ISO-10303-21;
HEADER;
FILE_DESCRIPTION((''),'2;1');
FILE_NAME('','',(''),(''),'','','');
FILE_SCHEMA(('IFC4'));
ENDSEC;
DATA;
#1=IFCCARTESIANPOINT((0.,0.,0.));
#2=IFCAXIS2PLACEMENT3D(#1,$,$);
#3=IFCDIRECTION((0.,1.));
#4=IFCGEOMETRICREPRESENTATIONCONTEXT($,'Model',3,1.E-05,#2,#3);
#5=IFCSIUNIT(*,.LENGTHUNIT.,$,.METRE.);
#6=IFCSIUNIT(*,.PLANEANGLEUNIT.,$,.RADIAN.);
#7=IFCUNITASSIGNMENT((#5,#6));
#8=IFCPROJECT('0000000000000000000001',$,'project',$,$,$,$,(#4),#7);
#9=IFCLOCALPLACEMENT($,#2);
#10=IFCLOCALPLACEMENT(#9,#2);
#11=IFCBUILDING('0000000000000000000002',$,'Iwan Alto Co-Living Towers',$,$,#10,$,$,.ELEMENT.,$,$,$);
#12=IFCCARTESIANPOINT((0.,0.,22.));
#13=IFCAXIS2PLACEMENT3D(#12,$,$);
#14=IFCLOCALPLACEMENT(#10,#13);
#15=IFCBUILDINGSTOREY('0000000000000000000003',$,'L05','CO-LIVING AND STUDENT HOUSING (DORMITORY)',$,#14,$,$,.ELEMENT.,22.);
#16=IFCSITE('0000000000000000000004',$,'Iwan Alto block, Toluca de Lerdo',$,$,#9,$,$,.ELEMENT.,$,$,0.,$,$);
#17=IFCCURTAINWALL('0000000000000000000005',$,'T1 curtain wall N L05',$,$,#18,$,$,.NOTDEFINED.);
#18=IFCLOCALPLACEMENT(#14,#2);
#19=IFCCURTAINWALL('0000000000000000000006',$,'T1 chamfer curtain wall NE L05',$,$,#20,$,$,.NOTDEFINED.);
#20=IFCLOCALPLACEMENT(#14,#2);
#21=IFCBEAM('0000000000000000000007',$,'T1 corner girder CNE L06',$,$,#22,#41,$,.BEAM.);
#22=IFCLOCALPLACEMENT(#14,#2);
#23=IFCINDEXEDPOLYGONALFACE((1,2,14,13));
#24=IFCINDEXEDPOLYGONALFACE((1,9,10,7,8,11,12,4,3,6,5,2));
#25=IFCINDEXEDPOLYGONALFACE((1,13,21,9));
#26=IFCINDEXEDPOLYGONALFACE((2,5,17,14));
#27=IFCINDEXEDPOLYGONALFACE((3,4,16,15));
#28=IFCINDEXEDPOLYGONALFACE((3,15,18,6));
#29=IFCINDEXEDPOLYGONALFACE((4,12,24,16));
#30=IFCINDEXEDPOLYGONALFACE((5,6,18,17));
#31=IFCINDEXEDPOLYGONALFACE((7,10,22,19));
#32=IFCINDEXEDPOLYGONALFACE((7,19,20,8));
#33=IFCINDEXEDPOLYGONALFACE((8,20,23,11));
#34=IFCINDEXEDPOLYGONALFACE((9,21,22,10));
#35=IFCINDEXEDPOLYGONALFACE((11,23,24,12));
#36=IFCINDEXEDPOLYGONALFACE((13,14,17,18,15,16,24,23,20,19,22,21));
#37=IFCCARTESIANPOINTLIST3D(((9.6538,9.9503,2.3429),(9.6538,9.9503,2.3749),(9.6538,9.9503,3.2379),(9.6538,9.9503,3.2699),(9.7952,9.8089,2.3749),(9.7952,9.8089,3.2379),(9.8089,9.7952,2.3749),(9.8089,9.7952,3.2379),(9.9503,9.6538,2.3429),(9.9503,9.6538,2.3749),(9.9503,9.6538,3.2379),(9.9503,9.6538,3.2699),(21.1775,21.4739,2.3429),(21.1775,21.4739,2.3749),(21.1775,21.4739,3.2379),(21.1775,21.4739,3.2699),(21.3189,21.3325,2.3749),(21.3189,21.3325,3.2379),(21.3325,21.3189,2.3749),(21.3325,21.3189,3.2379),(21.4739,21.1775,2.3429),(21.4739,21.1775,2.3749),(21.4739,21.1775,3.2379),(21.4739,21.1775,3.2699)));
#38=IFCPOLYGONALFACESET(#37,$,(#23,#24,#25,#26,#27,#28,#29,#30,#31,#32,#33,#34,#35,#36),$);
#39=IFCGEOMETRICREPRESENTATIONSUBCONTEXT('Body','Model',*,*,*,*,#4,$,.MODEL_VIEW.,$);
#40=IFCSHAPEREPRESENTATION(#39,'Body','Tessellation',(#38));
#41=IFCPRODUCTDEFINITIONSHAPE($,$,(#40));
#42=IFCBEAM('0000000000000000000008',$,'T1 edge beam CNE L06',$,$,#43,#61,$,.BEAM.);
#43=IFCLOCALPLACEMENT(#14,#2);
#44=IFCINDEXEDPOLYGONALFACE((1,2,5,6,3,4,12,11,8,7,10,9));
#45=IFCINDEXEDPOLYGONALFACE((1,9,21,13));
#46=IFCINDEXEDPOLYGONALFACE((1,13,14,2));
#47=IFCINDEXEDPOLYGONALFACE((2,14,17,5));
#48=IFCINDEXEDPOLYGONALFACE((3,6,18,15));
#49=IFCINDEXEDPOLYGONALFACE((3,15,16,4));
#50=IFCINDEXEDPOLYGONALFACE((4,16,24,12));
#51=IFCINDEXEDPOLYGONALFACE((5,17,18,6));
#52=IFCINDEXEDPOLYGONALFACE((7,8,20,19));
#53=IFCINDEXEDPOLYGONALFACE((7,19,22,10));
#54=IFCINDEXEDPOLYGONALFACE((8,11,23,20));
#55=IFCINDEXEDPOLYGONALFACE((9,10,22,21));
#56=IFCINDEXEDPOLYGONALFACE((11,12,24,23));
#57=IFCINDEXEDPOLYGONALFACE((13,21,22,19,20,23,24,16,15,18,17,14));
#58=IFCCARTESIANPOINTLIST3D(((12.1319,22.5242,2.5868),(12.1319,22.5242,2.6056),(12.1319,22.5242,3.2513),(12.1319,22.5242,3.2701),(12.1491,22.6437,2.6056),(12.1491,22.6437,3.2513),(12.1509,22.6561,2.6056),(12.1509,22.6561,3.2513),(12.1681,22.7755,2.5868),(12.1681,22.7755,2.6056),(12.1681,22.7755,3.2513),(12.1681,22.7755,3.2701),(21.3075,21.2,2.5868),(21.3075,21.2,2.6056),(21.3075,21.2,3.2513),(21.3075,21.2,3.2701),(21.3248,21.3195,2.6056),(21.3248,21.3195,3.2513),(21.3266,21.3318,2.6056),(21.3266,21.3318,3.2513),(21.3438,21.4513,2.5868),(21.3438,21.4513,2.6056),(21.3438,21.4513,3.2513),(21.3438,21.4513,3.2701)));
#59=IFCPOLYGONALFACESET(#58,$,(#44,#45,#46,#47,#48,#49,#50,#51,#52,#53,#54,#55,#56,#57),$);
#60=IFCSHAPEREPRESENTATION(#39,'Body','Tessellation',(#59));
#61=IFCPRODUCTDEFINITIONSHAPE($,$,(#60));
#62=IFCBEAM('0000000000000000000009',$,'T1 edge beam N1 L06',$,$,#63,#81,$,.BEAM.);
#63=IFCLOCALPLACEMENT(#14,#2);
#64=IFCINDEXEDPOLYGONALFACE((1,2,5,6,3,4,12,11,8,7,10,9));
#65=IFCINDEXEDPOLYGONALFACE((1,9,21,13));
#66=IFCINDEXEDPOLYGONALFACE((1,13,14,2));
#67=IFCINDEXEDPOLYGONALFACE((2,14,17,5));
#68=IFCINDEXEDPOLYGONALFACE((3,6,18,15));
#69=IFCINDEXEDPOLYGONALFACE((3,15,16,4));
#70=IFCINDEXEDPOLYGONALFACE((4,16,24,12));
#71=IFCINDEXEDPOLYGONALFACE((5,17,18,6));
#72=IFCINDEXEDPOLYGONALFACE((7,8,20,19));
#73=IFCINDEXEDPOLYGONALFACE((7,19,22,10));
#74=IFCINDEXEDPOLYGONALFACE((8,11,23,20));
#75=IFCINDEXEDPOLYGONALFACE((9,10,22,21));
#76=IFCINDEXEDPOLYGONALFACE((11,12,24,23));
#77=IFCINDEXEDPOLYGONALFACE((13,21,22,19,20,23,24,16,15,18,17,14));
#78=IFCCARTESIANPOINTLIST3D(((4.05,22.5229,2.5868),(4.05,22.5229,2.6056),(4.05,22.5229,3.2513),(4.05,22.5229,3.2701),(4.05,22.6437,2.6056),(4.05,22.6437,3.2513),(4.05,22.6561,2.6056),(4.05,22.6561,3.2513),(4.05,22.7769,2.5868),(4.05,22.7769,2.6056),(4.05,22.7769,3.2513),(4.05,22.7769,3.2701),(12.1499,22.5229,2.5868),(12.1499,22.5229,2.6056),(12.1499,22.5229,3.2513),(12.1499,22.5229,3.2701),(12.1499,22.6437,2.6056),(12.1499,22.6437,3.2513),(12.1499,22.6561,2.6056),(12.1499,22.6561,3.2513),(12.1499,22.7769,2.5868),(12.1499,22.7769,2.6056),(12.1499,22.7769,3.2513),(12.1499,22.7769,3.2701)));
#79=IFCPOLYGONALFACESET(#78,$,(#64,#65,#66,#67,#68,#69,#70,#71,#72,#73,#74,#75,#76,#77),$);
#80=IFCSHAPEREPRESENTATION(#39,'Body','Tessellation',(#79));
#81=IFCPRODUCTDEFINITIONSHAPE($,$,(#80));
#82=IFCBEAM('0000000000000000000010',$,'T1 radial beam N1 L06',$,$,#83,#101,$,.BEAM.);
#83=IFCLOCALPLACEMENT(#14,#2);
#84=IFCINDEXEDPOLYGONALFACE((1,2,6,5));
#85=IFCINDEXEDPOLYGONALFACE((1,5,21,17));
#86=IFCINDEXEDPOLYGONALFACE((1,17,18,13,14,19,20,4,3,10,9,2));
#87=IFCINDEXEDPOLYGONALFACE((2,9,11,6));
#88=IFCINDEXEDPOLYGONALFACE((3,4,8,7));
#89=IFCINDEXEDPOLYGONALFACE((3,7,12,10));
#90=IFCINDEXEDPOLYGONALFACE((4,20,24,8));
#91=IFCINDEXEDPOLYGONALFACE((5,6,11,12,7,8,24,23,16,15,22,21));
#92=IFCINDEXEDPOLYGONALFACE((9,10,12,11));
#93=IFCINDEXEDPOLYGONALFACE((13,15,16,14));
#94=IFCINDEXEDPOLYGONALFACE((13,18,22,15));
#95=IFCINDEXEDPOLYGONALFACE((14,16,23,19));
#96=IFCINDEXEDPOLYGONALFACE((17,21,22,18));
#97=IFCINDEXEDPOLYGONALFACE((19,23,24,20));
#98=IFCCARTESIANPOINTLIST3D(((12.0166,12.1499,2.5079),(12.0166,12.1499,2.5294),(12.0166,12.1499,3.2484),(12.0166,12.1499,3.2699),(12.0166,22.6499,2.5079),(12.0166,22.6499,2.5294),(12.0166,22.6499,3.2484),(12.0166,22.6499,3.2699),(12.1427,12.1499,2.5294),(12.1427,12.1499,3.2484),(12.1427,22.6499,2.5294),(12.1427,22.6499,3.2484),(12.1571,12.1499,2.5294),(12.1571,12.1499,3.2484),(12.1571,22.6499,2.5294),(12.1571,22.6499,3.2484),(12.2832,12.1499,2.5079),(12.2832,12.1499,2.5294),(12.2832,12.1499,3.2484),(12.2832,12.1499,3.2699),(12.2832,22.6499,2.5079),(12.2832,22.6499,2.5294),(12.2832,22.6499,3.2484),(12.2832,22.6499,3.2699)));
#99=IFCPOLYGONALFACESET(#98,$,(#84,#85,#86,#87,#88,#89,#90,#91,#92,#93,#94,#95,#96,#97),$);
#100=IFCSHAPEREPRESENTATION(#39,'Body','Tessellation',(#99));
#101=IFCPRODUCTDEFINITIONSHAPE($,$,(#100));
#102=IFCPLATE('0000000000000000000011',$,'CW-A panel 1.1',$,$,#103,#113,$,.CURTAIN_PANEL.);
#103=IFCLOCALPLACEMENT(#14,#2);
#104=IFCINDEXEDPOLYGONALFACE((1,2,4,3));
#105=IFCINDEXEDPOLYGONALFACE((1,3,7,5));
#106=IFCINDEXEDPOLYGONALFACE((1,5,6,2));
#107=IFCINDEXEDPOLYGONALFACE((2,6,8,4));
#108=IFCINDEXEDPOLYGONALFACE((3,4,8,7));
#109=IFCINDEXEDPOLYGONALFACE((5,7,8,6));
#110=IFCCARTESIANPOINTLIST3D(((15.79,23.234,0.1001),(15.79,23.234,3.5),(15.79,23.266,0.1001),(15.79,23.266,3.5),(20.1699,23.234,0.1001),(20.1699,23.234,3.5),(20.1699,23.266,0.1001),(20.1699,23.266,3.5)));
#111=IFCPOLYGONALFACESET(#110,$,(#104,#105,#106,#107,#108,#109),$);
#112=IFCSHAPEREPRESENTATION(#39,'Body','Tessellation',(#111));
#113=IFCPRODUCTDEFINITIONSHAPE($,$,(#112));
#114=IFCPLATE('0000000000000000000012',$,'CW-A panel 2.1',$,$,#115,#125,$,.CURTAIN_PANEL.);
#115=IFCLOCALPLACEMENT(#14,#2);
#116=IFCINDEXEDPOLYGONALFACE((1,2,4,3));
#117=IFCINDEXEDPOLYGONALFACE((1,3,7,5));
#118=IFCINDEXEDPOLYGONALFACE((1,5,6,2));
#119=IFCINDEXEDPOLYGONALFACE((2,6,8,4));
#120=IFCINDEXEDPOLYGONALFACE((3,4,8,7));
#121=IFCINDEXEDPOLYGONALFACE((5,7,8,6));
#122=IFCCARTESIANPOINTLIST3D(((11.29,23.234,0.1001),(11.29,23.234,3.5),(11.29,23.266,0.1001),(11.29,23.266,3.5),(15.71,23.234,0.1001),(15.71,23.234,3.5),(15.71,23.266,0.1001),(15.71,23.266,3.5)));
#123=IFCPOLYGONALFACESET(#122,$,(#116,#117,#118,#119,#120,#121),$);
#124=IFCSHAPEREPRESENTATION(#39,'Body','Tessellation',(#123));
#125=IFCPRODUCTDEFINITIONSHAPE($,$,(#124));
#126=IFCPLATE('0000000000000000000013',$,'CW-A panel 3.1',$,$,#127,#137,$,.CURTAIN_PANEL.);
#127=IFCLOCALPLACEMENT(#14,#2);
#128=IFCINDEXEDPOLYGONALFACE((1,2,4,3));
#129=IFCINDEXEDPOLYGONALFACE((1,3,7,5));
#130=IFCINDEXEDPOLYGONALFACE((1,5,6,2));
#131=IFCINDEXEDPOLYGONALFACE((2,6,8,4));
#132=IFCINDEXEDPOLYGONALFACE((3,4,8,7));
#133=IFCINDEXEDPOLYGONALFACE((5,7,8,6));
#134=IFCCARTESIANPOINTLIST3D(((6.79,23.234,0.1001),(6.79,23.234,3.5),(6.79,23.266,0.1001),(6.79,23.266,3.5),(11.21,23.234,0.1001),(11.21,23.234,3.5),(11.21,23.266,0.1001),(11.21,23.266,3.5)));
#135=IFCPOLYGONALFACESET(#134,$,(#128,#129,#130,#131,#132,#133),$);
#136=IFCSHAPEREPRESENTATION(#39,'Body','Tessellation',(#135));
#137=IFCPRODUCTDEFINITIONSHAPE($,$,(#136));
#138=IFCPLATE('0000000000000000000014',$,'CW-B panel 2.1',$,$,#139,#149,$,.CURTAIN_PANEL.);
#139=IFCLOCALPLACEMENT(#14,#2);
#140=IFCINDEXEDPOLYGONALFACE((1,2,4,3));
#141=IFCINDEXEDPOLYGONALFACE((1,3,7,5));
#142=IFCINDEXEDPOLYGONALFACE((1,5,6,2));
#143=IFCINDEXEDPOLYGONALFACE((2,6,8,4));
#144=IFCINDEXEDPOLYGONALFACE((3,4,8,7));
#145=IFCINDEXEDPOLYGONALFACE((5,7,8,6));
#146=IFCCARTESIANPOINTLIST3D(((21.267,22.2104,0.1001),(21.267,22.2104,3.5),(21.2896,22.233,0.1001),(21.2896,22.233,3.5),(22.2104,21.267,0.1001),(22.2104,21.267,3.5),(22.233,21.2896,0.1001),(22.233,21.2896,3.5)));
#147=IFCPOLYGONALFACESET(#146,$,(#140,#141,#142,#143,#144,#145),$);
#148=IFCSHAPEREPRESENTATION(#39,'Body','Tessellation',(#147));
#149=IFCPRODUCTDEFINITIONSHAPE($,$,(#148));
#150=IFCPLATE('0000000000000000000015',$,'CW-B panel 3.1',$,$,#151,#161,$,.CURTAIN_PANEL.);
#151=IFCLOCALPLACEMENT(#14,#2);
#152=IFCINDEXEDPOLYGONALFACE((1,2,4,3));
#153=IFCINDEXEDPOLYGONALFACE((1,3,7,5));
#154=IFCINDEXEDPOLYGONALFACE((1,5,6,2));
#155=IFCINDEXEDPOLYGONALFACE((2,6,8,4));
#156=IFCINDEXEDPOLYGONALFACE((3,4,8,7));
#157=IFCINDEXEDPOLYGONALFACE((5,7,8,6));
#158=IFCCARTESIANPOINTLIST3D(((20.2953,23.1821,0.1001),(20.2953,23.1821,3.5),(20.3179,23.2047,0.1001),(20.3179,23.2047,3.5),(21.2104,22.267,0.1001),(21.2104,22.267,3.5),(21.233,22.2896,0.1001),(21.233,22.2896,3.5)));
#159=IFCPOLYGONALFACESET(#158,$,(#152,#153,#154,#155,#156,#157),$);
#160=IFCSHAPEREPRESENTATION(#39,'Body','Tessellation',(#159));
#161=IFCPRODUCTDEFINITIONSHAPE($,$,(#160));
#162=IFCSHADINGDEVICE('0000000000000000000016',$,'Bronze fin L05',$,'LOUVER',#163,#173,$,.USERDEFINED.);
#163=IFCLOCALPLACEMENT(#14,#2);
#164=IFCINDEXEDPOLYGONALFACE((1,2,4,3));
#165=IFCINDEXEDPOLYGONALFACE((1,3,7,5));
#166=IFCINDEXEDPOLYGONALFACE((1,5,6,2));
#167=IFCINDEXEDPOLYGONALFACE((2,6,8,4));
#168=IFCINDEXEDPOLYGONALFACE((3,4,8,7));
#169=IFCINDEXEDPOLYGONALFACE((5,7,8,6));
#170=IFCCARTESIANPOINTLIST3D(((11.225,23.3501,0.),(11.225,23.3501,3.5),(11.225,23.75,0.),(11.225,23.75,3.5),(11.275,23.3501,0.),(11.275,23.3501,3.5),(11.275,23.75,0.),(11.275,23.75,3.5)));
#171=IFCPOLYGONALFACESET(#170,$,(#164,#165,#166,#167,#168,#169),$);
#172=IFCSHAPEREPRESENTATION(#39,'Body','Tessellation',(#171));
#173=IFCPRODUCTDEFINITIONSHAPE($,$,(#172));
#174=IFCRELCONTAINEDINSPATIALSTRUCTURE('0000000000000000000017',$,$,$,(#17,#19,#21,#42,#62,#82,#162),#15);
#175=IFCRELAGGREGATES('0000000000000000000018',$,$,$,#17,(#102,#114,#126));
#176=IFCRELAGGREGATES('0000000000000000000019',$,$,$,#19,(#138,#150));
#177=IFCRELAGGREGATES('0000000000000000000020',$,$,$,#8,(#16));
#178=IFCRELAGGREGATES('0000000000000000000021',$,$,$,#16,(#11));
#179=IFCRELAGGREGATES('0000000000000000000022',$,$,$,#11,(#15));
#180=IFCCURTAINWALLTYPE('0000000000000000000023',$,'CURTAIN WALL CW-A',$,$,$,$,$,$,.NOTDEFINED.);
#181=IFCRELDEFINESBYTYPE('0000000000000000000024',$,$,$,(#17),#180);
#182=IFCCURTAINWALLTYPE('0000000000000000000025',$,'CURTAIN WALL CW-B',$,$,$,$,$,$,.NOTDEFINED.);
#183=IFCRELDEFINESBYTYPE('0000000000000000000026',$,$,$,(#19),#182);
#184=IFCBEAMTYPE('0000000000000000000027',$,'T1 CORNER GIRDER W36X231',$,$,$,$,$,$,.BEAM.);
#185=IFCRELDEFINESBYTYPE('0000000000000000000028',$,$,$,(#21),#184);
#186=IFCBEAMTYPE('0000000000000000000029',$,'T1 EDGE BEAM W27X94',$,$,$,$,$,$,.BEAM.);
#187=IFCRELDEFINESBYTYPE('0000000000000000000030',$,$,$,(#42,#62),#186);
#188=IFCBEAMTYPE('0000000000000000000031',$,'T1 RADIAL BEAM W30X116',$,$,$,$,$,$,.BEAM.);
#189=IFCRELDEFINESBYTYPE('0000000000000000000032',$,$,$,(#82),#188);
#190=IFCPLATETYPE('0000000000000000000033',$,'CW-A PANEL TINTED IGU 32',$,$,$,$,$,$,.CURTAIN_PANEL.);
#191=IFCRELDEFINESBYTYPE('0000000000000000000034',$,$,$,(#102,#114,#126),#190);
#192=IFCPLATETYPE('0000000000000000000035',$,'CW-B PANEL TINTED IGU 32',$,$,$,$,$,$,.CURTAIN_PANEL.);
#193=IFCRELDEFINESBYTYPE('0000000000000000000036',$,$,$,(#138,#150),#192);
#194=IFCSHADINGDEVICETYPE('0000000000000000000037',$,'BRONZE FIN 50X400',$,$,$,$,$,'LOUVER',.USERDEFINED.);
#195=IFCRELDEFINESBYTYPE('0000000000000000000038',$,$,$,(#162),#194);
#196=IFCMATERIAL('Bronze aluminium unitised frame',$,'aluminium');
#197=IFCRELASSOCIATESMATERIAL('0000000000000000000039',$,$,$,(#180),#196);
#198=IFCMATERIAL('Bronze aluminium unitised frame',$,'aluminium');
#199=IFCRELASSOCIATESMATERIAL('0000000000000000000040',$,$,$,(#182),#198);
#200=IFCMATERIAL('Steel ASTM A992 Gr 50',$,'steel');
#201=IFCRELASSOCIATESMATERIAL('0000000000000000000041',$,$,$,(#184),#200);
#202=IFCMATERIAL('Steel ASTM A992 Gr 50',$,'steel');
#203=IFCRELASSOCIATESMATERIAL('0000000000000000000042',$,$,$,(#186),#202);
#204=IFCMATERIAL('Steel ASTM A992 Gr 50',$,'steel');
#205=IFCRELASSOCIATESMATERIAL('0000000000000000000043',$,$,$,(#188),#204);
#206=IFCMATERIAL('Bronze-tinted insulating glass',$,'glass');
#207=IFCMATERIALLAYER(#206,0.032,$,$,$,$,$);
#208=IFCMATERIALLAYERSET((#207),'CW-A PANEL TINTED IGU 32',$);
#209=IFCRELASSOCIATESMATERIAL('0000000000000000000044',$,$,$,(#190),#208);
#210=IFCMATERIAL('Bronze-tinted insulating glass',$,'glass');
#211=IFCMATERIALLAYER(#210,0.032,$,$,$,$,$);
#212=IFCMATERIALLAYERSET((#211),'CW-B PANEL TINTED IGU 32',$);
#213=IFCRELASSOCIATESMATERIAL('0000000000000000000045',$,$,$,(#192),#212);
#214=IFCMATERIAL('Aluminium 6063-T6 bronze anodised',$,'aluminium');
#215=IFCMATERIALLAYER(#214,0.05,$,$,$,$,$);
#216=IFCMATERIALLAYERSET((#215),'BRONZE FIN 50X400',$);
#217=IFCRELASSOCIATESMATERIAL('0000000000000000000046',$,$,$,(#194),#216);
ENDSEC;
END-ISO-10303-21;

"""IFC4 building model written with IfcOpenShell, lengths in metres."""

from ifc_helpers import new_model, si_unit, direction, frame, origin, origin_2d, place, context, subcontext, project, spatial, rectangle, i_section, extrude, material, layer, layer_set, material_profile, profile_set, type_object, element, aggregate, save


model = new_model("IFC4")

# Units and contexts
model_context = context("Model", 3, precision=1e-05, world=origin(), true_north=direction((0.0, 1.0)))
body_context = subcontext(model_context, "Body", "Model", "MODEL_VIEW")
ifc_project = project(units=[si_unit("LENGTHUNIT", "METRE"), si_unit("PLANEANGLEUNIT", "RADIAN")], contexts=[model_context])

# Site, building, storey
site_placement = place(None, origin())
site = spatial("IfcSite", under=ifc_project, at=site_placement, Name="Iwan Alto block, Toluca de Lerdo", CompositionType="ELEMENT", RefElevation=0.0)
building_placement = place(site_placement, origin())
building = spatial("IfcBuilding", under=site, at=building_placement, Name="Iwan Alto Co-Living Towers", CompositionType="ELEMENT")
storey_placement = place(building_placement, frame((0.0, 0.0, 22.0)))
storey = spatial("IfcBuildingStorey", under=building, at=storey_placement, Name="L05", Description="CO-LIVING AND STUDENT HOUSING (DORMITORY)", CompositionType="ELEMENT", Elevation=22.0)

# Curtain walls
ifc_material_1 = material(Name="Bronze aluminium unitised frame", Category="aluminium")
curtain_wall_type_1 = type_object("IfcCurtainWallType", Name="CURTAIN WALL CW-A", PredefinedType="NOTDEFINED", material=ifc_material_1)
curtain_wall_1_placement = place(storey_placement, origin())
curtain_wall_1 = element("IfcCurtainWall", 1, at=curtain_wall_1_placement, inside=storey, type_object=curtain_wall_type_1, Name="T1 curtain wall N L05", PredefinedType="NOTDEFINED")
ifc_material_2 = material(Name="Bronze aluminium unitised frame", Category="aluminium")
curtain_wall_type_2 = type_object("IfcCurtainWallType", Name="CURTAIN WALL CW-B", PredefinedType="NOTDEFINED", material=ifc_material_2)
curtain_wall_2_placement = place(storey_placement, origin())
curtain_wall_2 = element("IfcCurtainWall", 2, at=curtain_wall_2_placement, inside=storey, type_object=curtain_wall_type_2, Name="T1 chamfer curtain wall NE L05", PredefinedType="NOTDEFINED")

# Beams
ifc_material_3 = material(Name="Steel ASTM A992 Gr 50", Category="steel")
ifc_material_profile_1 = material_profile(ifc_material_3, i_section(OverallWidth=0.4192, OverallDepth=0.927, WebThickness=0.0193, FlangeThickness=0.032, at=origin_2d()), Name="W36X231")
ifc_profile_set_1 = profile_set([ifc_material_profile_1], Name="Steel ASTM A992 Gr 50")
beam_type_1 = type_object("IfcBeamType", Name="T1 CORNER GIRDER W36X231", PredefinedType="BEAM", material=ifc_profile_set_1)
beam_1_placement = place(storey_placement, frame((21.3257, 21.3257, 2.8064), z_axis=(-0.707107, -0.707107, 0.0), x_axis=(0.707107, -0.707107, 0.0)))
element("IfcBeam", 3, at=beam_1_placement, inside=storey, type_object=beam_type_1, Name="T1 corner girder CNE L06", PredefinedType="BEAM", context=body_context, shape_type="SweptSolid", body=[
    extrude(i_section(OverallWidth=0.4192, OverallDepth=0.927, WebThickness=0.0193, FlangeThickness=0.032, at=origin_2d()), origin(), (0.0, 0.0, 1.0), 16.2969),
])
ifc_material_4 = material(Name="Steel ASTM A992 Gr 50", Category="steel")
ifc_material_profile_2 = material_profile(ifc_material_4, i_section(OverallWidth=0.2539, OverallDepth=0.6833, WebThickness=0.0125, FlangeThickness=0.0188, at=origin_2d()), Name="W27X94")
ifc_profile_set_2 = profile_set([ifc_material_profile_2], Name="Steel ASTM A992 Gr 50")
beam_type_2 = type_object("IfcBeamType", Name="T1 EDGE BEAM W27X94", PredefinedType="BEAM", material=ifc_profile_set_2)
beam_2_placement = place(storey_placement, frame((21.3257, 21.3257, 2.9285), z_axis=(-0.989746, 0.142837, 0.0), x_axis=(-0.142837, -0.989746, 0.0)))
element("IfcBeam", 4, at=beam_2_placement, inside=storey, type_object=beam_type_2, Name="T1 edge beam CNE L06", PredefinedType="BEAM", context=body_context, shape_type="SweptSolid", body=[
    extrude(i_section(OverallWidth=0.2539, OverallDepth=0.6833, WebThickness=0.0125, FlangeThickness=0.0188, at=origin_2d()), origin(), (0.0, 0.0, 1.0), 9.2708),
])
beam_3_placement = place(storey_placement, frame((12.1499, 22.6499, 2.9285), z_axis=(-1.0, 0.0, 0.0), x_axis=(0.0, -1.0, 0.0)))
element("IfcBeam", 5, at=beam_3_placement, inside=storey, type_object=beam_type_2, Name="T1 edge beam N1 L06", PredefinedType="BEAM", context=body_context, shape_type="SweptSolid", body=[
    extrude(i_section(OverallWidth=0.2539, OverallDepth=0.6833, WebThickness=0.0125, FlangeThickness=0.0188, at=origin_2d()), origin(), (0.0, 0.0, 1.0), 8.0999),
])
ifc_material_5 = material(Name="Steel ASTM A992 Gr 50", Category="steel")
ifc_material_profile_3 = material_profile(ifc_material_5, i_section(OverallWidth=0.2666, OverallDepth=0.762, WebThickness=0.0144, FlangeThickness=0.0215, at=origin_2d()), Name="W30X116")
ifc_profile_set_3 = profile_set([ifc_material_profile_3], Name="Steel ASTM A992 Gr 50")
beam_type_3 = type_object("IfcBeamType", Name="T1 RADIAL BEAM W30X116", PredefinedType="BEAM", material=ifc_profile_set_3)
beam_4_placement = place(storey_placement, frame((12.1499, 22.6499, 2.8889), z_axis=(0.0, -1.0, 0.0), x_axis=(1.0, 0.0, 0.0)))
element("IfcBeam", 6, at=beam_4_placement, inside=storey, type_object=beam_type_3, Name="T1 radial beam N1 L06", PredefinedType="BEAM", context=body_context, shape_type="SweptSolid", body=[
    extrude(i_section(OverallWidth=0.2666, OverallDepth=0.762, WebThickness=0.0144, FlangeThickness=0.0215, at=origin_2d()), origin(), (0.0, 0.0, 1.0), 10.5),
])

# Plates
ifc_material_6 = material(Name="Bronze-tinted insulating glass", Category="glass")
ifc_layer_1 = layer(ifc_material_6, 0.032)
ifc_layer_set_1 = layer_set([ifc_layer_1], Name="CW-A PANEL TINTED IGU 32")
plate_type_1 = type_object("IfcPlateType", Name="CW-A PANEL TINTED IGU 32", PredefinedType="CURTAIN_PANEL", material=ifc_layer_set_1)
plate_1_placement = place(storey_placement, frame((17.98, 23.25, 0.1001), z_axis=(0.0, 0.0, 1.0), x_axis=(-1.0, 0.0, 0.0)))
plate_1 = element("IfcPlate", 7, at=plate_1_placement, type_object=plate_type_1, Name="CW-A panel 1.1", PredefinedType="CURTAIN_PANEL", context=body_context, shape_type="SweptSolid", body=[
    extrude(rectangle(XDim=4.3799, YDim=0.032, at=origin_2d()), origin(), (0.0, 0.0, 1.0), 3.3999),
])
plate_2_placement = place(storey_placement, frame((13.5, 23.25, 0.1001), z_axis=(0.0, 0.0, 1.0), x_axis=(-1.0, 0.0, 0.0)))
plate_2 = element("IfcPlate", 8, at=plate_2_placement, type_object=plate_type_1, Name="CW-A panel 2.1", PredefinedType="CURTAIN_PANEL", context=body_context, shape_type="SweptSolid", body=[
    extrude(rectangle(XDim=4.4199, YDim=0.032, at=origin_2d()), origin(), (0.0, 0.0, 1.0), 3.3999),
])
plate_3_placement = place(storey_placement, frame((9.0, 23.25, 0.1001), z_axis=(0.0, 0.0, 1.0), x_axis=(-1.0, 0.0, 0.0)))
plate_3 = element("IfcPlate", 9, at=plate_3_placement, type_object=plate_type_1, Name="CW-A panel 3.1", PredefinedType="CURTAIN_PANEL", context=body_context, shape_type="SweptSolid", body=[
    extrude(rectangle(XDim=4.4199, YDim=0.032, at=origin_2d()), origin(), (0.0, 0.0, 1.0), 3.3999),
])
aggregate(curtain_wall_1, [plate_1, plate_2, plate_3])
ifc_material_7 = material(Name="Bronze-tinted insulating glass", Category="glass")
ifc_layer_2 = layer(ifc_material_7, 0.032)
ifc_layer_set_2 = layer_set([ifc_layer_2], Name="CW-B PANEL TINTED IGU 32")
plate_type_2 = type_object("IfcPlateType", Name="CW-B PANEL TINTED IGU 32", PredefinedType="CURTAIN_PANEL", material=ifc_layer_set_2)
plate_4_placement = place(storey_placement, frame((21.75, 21.75, 0.1001), z_axis=(0.0, 0.0, 1.0), x_axis=(-0.707107, 0.707107, 0.0)))
plate_4 = element("IfcPlate", 10, at=plate_4_placement, type_object=plate_type_2, Name="CW-B panel 2.1", PredefinedType="CURTAIN_PANEL", context=body_context, shape_type="SweptSolid", body=[
    extrude(rectangle(XDim=1.3342, YDim=0.032, at=origin_2d()), origin(), (0.0, 0.0, 1.0), 3.3999),
])
plate_5_placement = place(storey_placement, frame((20.7642, 22.7358, 0.1001), z_axis=(0.0, 0.0, 1.0), x_axis=(-0.707107, 0.707107, 0.0)))
plate_5 = element("IfcPlate", 11, at=plate_5_placement, type_object=plate_type_2, Name="CW-B panel 3.1", PredefinedType="CURTAIN_PANEL", context=body_context, shape_type="SweptSolid", body=[
    extrude(rectangle(XDim=1.2942, YDim=0.032, at=origin_2d()), origin(), (0.0, 0.0, 1.0), 3.3999),
])
aggregate(curtain_wall_2, [plate_4, plate_5])

# Shading device
ifc_material_8 = material(Name="Aluminium 6063-T6 bronze anodised", Category="aluminium")
ifc_layer_3 = layer(ifc_material_8, 0.05)
ifc_layer_set_3 = layer_set([ifc_layer_3], Name="BRONZE FIN 50X400")
shading_device_type = type_object("IfcShadingDeviceType", Name="BRONZE FIN 50X400", ElementType="LOUVER", PredefinedType="USERDEFINED", material=ifc_layer_set_3)
shading_device_placement = place(storey_placement, frame((11.25, 23.55, 0.0), z_axis=(0.0, 0.0, 1.0), x_axis=(-1.0, 0.0, 0.0)))
element("IfcShadingDevice", 12, at=shading_device_placement, inside=storey, type_object=shading_device_type, Name="Bronze fin L05", ObjectType="LOUVER", PredefinedType="USERDEFINED", context=body_context, shape_type="SweptSolid", body=[
    extrude(rectangle(XDim=0.05, YDim=0.3999, at=origin_2d()), origin(), (0.0, 0.0, 1.0), 3.5),
])

save(model, "model.ifc")
